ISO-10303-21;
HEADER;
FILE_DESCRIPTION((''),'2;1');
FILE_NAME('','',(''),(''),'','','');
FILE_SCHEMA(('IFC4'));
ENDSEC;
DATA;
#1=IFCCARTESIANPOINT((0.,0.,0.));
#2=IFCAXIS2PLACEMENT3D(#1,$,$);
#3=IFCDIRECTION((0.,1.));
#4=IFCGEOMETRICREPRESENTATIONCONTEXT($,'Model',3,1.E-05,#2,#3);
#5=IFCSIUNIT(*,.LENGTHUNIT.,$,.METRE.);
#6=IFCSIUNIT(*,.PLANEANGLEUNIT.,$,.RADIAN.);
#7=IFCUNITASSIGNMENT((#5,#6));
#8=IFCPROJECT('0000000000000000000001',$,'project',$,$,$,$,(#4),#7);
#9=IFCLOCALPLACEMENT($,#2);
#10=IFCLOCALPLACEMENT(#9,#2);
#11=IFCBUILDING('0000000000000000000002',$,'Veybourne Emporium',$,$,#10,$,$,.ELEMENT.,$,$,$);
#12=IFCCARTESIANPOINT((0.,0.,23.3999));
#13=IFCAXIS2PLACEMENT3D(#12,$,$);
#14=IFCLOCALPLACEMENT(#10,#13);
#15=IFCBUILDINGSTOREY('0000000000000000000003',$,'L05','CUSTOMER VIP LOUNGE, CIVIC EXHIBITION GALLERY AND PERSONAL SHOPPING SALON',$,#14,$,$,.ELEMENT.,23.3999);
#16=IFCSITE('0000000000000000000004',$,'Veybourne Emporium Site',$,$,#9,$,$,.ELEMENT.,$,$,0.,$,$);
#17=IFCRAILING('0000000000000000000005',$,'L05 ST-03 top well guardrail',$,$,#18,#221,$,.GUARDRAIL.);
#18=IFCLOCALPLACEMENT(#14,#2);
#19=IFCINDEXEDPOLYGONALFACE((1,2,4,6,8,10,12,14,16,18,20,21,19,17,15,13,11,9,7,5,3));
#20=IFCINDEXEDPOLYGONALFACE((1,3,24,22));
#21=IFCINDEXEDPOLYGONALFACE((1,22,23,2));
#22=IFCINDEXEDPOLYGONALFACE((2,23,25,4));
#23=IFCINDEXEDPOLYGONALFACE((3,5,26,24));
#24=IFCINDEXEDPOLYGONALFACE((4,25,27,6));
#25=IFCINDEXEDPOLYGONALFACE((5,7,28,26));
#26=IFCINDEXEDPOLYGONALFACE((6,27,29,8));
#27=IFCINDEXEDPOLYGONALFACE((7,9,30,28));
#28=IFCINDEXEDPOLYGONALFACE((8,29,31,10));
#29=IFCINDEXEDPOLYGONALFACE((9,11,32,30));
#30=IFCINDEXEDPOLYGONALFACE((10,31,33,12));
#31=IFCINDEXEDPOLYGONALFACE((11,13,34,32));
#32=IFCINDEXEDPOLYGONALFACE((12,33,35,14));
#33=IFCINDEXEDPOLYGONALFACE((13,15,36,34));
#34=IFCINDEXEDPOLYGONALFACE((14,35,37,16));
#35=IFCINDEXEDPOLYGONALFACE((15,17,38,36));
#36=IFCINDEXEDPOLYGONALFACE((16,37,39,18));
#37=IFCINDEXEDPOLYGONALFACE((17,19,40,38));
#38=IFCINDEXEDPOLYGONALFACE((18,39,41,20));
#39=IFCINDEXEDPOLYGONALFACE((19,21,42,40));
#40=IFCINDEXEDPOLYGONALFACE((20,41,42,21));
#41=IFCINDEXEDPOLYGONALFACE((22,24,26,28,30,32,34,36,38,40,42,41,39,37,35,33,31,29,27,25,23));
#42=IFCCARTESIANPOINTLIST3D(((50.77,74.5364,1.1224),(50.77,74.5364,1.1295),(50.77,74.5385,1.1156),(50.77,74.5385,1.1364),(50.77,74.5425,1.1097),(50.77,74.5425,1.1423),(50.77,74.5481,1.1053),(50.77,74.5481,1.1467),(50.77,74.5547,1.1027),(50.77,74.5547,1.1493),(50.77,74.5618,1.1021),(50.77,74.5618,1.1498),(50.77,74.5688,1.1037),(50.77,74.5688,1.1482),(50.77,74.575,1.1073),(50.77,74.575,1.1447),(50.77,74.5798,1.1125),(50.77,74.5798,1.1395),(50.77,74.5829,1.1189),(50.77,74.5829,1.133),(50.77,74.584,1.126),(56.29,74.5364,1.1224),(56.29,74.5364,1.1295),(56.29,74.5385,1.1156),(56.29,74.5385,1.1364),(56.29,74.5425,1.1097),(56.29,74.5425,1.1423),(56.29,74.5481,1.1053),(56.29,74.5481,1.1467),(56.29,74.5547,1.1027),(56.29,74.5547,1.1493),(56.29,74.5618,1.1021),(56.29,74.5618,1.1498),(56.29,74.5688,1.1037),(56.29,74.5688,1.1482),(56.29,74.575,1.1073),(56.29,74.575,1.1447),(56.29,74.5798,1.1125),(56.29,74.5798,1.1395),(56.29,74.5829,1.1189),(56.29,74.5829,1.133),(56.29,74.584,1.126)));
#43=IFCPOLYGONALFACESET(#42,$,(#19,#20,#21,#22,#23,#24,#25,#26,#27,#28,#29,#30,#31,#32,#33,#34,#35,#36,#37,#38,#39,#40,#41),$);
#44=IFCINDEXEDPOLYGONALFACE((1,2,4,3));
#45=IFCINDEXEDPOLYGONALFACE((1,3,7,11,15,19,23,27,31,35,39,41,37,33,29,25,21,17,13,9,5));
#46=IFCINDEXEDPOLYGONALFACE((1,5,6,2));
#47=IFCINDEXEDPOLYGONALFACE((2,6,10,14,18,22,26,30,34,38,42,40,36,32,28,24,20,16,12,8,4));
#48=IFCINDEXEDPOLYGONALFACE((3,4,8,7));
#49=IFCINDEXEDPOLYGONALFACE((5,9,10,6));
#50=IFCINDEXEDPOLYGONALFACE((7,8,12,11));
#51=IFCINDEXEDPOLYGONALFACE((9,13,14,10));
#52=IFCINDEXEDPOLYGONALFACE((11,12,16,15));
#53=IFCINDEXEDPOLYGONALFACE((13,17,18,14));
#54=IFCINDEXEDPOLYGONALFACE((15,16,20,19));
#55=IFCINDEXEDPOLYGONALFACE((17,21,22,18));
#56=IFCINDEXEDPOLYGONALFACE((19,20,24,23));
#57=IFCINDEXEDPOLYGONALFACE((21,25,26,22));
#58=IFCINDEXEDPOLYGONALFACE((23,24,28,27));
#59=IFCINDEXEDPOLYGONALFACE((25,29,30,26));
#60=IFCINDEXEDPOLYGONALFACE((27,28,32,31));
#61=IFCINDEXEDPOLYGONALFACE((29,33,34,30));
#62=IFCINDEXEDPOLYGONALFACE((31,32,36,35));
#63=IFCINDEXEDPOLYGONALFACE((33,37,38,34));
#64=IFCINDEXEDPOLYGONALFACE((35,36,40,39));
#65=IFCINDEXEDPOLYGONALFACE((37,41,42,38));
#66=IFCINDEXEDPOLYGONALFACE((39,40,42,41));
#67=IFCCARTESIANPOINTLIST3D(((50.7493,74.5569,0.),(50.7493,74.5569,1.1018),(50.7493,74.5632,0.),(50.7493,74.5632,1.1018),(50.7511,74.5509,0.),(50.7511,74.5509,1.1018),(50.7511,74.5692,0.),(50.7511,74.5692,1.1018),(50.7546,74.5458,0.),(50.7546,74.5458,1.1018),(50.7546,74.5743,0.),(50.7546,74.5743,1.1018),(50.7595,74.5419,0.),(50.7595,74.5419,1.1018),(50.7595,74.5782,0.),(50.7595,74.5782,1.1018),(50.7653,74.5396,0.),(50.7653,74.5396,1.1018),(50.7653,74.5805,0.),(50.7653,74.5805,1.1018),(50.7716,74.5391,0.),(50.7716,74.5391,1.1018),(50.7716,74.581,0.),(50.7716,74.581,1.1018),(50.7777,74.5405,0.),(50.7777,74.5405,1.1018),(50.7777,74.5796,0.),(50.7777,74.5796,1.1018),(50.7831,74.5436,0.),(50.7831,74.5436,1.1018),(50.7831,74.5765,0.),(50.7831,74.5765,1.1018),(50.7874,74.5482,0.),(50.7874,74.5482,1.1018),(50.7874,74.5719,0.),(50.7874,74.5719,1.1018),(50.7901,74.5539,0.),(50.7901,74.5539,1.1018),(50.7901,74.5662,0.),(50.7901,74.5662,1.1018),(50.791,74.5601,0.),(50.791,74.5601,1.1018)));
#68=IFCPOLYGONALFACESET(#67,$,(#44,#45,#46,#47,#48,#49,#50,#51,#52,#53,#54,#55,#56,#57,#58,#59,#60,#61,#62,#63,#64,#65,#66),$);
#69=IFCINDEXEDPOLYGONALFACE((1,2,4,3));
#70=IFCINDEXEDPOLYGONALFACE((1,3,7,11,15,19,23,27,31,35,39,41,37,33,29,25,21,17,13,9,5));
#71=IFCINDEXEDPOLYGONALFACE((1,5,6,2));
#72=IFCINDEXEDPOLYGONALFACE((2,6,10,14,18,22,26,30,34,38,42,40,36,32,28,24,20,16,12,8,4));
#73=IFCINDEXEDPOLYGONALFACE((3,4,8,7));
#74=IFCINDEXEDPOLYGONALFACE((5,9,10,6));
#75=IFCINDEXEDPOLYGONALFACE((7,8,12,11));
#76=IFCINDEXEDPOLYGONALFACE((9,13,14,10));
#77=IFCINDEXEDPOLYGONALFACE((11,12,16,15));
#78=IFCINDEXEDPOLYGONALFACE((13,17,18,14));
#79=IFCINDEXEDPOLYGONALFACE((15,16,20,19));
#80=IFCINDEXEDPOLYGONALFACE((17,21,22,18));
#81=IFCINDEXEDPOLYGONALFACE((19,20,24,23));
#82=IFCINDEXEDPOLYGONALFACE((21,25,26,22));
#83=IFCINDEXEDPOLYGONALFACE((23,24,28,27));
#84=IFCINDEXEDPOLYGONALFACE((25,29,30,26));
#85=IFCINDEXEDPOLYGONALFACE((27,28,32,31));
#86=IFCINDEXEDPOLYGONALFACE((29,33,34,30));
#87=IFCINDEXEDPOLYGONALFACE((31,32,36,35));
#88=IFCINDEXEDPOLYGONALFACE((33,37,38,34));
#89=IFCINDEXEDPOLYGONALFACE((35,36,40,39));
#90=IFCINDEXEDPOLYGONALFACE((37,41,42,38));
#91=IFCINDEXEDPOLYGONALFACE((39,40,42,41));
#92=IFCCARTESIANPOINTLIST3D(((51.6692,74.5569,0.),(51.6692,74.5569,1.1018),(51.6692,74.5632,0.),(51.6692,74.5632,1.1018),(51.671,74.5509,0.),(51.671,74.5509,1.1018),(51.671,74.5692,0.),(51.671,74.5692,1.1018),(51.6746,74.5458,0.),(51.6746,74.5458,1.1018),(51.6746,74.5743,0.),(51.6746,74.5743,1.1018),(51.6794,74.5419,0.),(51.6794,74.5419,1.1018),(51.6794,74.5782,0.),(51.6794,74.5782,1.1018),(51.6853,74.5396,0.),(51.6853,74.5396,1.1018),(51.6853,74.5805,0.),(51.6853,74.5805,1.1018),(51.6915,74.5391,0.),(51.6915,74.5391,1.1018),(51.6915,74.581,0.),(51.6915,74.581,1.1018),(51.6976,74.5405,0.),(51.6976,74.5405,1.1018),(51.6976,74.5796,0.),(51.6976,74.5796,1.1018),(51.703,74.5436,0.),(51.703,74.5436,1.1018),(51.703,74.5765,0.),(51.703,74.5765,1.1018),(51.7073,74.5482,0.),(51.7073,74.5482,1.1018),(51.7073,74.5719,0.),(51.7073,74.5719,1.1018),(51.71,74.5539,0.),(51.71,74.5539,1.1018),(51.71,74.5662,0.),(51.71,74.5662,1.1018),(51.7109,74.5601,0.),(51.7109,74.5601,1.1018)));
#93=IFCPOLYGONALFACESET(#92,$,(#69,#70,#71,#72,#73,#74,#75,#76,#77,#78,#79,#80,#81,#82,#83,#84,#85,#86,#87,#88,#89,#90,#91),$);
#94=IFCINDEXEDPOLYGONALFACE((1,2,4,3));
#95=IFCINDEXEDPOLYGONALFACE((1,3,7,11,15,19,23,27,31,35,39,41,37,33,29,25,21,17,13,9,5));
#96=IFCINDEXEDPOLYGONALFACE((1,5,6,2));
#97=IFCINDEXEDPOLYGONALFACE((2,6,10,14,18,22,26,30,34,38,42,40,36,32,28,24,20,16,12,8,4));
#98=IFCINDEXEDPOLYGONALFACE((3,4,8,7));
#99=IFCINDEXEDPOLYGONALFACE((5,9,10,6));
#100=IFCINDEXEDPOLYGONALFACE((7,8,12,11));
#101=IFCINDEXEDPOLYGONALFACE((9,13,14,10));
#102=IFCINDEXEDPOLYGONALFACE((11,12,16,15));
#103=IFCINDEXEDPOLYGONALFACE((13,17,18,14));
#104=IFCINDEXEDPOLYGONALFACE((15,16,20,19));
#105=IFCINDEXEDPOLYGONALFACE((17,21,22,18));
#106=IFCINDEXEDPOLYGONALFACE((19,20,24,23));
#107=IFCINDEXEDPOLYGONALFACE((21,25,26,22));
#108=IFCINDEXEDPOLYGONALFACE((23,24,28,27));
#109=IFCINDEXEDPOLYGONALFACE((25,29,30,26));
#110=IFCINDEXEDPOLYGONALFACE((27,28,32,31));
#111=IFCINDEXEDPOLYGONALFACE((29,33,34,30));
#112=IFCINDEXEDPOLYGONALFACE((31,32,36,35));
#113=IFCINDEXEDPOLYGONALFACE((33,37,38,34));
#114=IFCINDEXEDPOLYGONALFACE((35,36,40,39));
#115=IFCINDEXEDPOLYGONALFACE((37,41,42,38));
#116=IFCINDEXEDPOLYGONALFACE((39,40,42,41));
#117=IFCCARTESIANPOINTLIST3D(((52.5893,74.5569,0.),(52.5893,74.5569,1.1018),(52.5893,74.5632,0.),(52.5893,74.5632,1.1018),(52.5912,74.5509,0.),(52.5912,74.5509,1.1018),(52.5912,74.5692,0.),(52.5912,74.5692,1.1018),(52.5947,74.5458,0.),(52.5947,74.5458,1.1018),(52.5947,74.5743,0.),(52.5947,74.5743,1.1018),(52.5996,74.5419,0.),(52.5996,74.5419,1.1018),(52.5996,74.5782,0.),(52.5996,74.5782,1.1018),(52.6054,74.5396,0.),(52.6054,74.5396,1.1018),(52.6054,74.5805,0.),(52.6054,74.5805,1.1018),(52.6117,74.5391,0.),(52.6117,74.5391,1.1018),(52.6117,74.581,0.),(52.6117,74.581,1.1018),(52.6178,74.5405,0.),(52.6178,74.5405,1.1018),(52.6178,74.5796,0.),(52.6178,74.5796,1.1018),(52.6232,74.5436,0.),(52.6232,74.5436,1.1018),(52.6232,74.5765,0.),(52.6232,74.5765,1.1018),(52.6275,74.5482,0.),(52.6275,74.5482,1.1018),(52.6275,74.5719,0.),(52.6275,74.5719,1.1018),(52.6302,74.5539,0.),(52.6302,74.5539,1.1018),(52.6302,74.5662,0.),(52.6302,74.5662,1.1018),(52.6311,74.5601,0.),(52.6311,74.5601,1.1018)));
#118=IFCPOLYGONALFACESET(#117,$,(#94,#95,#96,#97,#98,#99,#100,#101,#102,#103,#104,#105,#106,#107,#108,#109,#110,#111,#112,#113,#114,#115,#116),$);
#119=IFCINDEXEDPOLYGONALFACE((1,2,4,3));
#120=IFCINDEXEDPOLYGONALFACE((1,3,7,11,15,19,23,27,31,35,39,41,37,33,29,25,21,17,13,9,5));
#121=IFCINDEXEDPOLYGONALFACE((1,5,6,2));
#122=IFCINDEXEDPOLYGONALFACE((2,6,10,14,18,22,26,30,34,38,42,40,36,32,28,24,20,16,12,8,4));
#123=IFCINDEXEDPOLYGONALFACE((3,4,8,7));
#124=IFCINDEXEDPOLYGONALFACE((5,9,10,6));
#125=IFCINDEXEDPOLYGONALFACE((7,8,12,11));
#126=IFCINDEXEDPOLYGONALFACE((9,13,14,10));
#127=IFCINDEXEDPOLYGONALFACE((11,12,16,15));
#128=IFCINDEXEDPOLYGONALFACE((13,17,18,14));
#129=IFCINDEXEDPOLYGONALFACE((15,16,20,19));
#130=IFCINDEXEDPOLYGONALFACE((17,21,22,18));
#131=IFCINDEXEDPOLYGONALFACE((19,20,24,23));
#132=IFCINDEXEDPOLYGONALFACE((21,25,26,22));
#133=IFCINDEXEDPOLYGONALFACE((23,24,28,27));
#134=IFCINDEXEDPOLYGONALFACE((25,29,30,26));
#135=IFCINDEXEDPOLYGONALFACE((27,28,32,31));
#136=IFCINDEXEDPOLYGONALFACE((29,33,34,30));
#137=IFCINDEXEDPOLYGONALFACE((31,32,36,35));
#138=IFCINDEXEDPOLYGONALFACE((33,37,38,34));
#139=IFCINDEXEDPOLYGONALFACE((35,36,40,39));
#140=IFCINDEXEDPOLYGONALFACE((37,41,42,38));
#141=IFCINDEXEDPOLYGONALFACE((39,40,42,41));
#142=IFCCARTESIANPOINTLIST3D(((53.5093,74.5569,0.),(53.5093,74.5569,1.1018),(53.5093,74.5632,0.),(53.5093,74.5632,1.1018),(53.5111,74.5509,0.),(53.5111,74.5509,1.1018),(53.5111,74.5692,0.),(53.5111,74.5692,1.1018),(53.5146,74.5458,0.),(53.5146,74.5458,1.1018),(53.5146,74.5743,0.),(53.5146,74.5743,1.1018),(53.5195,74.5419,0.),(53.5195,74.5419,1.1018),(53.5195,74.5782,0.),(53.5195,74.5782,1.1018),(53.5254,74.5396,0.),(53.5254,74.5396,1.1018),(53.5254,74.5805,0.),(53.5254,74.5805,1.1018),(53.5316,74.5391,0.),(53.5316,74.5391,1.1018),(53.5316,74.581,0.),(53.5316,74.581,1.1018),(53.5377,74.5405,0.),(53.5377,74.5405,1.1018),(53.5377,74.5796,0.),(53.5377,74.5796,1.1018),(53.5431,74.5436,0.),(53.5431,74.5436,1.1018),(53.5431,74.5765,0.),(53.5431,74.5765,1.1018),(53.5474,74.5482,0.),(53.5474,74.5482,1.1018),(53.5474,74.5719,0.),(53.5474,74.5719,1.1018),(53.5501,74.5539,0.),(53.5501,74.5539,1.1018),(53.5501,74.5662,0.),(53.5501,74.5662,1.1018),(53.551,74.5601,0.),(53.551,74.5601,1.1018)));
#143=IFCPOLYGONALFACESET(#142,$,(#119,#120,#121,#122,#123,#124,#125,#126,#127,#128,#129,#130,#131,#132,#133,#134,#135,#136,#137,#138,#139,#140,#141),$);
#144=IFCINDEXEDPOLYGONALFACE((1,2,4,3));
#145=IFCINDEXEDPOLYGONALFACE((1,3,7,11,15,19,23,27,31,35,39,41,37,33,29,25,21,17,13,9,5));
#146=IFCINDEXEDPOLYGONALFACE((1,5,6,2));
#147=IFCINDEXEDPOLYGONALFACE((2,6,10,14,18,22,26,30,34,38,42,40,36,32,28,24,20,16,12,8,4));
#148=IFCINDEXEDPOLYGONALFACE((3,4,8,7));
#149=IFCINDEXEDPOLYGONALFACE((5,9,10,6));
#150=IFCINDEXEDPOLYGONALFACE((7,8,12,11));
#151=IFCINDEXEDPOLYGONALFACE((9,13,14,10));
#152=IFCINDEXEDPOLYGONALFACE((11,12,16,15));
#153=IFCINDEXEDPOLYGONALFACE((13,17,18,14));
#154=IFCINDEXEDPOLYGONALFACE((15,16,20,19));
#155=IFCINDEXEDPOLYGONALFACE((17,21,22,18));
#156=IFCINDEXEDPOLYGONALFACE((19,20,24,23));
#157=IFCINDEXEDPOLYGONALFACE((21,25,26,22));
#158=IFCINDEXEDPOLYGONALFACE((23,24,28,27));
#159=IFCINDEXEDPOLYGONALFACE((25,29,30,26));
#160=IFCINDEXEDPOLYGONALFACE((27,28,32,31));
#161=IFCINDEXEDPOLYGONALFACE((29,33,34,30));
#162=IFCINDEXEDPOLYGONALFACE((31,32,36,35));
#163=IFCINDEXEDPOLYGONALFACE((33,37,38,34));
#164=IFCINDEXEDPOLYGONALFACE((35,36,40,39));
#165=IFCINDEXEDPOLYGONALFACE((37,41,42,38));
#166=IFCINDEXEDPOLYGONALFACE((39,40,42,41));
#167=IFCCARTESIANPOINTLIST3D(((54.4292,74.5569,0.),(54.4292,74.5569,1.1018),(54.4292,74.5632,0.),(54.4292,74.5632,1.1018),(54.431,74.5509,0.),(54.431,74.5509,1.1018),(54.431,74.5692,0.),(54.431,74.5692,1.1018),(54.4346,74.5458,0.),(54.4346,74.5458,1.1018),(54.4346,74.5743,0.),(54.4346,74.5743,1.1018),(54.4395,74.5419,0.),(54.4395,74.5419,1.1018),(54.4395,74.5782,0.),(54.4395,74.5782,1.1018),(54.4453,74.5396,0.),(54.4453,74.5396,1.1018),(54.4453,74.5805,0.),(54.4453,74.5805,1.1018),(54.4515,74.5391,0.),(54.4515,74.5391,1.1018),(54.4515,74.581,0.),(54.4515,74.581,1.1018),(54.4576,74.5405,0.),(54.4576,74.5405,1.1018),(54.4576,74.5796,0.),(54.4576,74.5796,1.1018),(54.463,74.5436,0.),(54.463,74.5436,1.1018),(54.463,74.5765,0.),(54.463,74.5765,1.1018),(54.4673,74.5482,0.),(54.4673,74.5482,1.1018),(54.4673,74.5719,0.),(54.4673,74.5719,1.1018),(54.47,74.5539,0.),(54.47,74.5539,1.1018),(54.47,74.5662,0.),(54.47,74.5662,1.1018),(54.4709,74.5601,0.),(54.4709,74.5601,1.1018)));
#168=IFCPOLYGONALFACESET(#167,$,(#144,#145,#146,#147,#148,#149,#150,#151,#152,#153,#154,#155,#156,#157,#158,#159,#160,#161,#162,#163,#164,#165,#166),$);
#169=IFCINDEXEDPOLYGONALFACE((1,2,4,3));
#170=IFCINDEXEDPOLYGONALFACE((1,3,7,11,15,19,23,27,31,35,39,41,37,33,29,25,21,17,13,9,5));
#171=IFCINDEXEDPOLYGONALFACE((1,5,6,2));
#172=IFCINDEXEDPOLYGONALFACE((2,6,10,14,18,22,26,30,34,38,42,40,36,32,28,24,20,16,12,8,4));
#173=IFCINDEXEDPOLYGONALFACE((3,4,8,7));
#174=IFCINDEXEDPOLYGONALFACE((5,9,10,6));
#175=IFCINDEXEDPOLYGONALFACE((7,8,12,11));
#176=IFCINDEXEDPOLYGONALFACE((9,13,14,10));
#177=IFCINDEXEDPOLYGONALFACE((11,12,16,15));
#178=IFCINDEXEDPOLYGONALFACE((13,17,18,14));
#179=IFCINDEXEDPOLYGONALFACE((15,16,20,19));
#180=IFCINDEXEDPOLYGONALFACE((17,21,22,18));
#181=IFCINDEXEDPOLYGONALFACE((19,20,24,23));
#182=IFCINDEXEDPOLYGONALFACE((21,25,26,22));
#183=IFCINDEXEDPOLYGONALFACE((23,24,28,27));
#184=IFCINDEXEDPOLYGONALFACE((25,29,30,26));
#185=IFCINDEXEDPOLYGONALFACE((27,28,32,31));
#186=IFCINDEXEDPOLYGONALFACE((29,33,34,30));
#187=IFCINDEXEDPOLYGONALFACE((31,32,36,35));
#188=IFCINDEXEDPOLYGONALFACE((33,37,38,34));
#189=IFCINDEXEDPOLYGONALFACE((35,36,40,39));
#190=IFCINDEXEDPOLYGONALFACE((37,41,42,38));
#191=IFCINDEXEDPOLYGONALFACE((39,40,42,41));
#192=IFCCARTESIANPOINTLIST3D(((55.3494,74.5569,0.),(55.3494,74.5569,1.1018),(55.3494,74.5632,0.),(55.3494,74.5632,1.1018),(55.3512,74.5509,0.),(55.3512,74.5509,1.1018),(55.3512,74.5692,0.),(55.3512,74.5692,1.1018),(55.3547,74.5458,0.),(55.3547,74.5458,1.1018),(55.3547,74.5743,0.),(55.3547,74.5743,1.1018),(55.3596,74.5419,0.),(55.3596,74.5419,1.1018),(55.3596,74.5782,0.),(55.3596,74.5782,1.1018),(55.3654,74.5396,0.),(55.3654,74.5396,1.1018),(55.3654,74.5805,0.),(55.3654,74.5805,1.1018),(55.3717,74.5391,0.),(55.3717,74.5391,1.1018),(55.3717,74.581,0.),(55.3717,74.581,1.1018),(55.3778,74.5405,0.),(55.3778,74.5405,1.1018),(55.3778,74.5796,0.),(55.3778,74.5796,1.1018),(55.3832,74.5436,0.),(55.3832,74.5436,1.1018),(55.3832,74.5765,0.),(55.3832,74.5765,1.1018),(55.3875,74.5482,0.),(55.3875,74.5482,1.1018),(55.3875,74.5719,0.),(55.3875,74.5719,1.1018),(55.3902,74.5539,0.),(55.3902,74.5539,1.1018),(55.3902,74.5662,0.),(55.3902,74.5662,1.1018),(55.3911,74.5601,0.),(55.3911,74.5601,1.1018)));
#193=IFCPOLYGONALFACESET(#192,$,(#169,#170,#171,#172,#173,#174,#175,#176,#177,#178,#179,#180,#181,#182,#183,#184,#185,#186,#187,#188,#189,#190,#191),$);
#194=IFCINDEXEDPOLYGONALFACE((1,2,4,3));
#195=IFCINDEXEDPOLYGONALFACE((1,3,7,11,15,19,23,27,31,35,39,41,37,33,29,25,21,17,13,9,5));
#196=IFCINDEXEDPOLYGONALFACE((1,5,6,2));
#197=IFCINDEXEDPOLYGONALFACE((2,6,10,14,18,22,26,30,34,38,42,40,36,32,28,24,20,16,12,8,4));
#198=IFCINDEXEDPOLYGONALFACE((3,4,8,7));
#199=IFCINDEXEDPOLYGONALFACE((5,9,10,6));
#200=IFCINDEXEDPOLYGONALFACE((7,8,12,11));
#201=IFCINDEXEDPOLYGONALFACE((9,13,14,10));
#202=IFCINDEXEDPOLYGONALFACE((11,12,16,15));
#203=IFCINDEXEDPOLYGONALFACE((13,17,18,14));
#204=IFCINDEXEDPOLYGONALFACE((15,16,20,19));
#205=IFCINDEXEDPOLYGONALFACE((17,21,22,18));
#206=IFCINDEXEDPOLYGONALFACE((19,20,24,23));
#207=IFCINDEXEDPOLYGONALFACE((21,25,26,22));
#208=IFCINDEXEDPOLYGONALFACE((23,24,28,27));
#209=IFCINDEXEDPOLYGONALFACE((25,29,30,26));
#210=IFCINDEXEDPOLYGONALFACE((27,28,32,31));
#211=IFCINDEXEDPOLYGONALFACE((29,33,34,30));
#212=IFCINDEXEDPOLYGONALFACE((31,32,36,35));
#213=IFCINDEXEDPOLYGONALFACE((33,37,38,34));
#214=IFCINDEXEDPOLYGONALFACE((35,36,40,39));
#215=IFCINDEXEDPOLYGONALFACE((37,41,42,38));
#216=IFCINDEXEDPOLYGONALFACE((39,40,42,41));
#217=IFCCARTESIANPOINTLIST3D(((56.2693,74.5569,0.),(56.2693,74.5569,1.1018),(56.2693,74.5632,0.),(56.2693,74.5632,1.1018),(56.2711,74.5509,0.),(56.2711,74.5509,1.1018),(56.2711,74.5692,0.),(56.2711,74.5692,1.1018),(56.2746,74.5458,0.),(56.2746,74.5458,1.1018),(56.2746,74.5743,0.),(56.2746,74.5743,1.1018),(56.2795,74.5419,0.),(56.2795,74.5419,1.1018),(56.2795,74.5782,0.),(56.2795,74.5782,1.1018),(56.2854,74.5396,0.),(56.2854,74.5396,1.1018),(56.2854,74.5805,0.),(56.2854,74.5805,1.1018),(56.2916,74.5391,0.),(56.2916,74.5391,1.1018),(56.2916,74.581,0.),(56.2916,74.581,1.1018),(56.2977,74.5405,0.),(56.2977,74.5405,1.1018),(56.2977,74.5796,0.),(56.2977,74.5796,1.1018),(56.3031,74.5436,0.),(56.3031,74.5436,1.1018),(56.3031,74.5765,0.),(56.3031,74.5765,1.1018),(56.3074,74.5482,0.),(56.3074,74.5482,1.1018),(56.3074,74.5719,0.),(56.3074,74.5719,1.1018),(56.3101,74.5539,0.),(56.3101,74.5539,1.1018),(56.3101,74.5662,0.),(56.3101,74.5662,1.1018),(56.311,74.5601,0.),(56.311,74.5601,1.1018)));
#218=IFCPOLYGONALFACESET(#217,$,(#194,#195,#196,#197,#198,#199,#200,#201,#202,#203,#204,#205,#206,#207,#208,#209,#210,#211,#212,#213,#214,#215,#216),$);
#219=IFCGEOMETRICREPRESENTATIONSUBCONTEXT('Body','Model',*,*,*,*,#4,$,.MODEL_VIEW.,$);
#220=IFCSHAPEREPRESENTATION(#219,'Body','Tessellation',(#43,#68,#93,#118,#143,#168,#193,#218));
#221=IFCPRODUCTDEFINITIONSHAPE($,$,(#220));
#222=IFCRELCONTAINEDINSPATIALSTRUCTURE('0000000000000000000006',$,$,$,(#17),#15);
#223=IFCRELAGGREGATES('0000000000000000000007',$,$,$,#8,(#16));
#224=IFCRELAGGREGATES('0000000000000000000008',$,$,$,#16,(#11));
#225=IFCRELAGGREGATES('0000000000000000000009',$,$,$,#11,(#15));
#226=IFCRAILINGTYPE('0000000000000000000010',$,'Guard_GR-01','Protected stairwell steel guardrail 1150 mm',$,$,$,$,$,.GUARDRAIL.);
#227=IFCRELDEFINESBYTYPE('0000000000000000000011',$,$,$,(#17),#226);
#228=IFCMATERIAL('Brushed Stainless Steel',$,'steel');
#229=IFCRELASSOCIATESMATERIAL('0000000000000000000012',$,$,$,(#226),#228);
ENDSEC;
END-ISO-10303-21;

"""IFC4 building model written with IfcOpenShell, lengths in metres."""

from ifc_helpers import new_model, si_unit, direction, frame, origin, origin_2d, place, context, subcontext, project, spatial, circle, extrude, material, type_object, element, save


model = new_model("IFC4")

# Units and contexts
model_context = context("Model", 3, precision=1e-05, world=origin(), true_north=direction((0.0, 1.0)))
body_context = subcontext(model_context, "Body", "Model", "MODEL_VIEW")
ifc_project = project(units=[si_unit("LENGTHUNIT", "METRE"), si_unit("PLANEANGLEUNIT", "RADIAN")], contexts=[model_context])

# Site, building, storey
site_placement = place(None, origin())
site = spatial("IfcSite", under=ifc_project, at=site_placement, Name="Veybourne Emporium Site", CompositionType="ELEMENT", RefElevation=0.0)
building_placement = place(site_placement, origin())
building = spatial("IfcBuilding", under=site, at=building_placement, Name="Veybourne Emporium", CompositionType="ELEMENT")
storey_placement = place(building_placement, frame((0.0, 0.0, 23.3999)))
storey = spatial("IfcBuildingStorey", under=building, at=storey_placement, Name="L05", Description="CUSTOMER VIP LOUNGE, CIVIC EXHIBITION GALLERY AND PERSONAL SHOPPING SALON", CompositionType="ELEMENT", Elevation=23.3999)

# Railing
ifc_material_1 = material(Name="Brushed Stainless Steel", Category="steel")
railing_type = type_object("IfcRailingType", Name="Guard_GR-01", Description="Protected stairwell steel guardrail 1150 mm", PredefinedType="GUARDRAIL", material=ifc_material_1)
railing_placement = place(storey_placement, frame((50.77, 74.5601, 0.0)))
element("IfcRailing", 1, at=railing_placement, inside=storey, type_object=railing_type, Name="L05 ST-03 top well guardrail", PredefinedType="GUARDRAIL", context=body_context, shape_type="SweptSolid", body=[
    extrude(circle(Radius=0.0239, at=origin_2d()), frame((0.0, 0.0, 1.126), z_axis=(1.0, 0.0, 0.0), x_axis=(0.0, 1.0, 0.0)), (0.0, 0.0, 1.0), 5.52),
    extrude(circle(Radius=0.021, at=origin_2d()), origin(), (0.0, 0.0, 1.0), 1.1018),
    extrude(circle(Radius=0.021, at=origin_2d()), frame((0.9199, 0.0, 0.0)), (0.0, 0.0, 1.0), 1.1018),
    extrude(circle(Radius=0.021, at=origin_2d()), frame((1.8401, 0.0, 0.0)), (0.0, 0.0, 1.0), 1.1018),
    extrude(circle(Radius=0.021, at=origin_2d()), frame((2.76, 0.0, 0.0)), (0.0, 0.0, 1.0), 1.1018),
    extrude(circle(Radius=0.021, at=origin_2d()), frame((3.6799, 0.0, 0.0)), (0.0, 0.0, 1.0), 1.1018),
    extrude(circle(Radius=0.021, at=origin_2d()), frame((4.6001, 0.0, 0.0)), (0.0, 0.0, 1.0), 1.1018),
    extrude(circle(Radius=0.021, at=origin_2d()), frame((5.52, 0.0, 0.0)), (0.0, 0.0, 1.0), 1.1018),
])

save(model, "model.ifc")
